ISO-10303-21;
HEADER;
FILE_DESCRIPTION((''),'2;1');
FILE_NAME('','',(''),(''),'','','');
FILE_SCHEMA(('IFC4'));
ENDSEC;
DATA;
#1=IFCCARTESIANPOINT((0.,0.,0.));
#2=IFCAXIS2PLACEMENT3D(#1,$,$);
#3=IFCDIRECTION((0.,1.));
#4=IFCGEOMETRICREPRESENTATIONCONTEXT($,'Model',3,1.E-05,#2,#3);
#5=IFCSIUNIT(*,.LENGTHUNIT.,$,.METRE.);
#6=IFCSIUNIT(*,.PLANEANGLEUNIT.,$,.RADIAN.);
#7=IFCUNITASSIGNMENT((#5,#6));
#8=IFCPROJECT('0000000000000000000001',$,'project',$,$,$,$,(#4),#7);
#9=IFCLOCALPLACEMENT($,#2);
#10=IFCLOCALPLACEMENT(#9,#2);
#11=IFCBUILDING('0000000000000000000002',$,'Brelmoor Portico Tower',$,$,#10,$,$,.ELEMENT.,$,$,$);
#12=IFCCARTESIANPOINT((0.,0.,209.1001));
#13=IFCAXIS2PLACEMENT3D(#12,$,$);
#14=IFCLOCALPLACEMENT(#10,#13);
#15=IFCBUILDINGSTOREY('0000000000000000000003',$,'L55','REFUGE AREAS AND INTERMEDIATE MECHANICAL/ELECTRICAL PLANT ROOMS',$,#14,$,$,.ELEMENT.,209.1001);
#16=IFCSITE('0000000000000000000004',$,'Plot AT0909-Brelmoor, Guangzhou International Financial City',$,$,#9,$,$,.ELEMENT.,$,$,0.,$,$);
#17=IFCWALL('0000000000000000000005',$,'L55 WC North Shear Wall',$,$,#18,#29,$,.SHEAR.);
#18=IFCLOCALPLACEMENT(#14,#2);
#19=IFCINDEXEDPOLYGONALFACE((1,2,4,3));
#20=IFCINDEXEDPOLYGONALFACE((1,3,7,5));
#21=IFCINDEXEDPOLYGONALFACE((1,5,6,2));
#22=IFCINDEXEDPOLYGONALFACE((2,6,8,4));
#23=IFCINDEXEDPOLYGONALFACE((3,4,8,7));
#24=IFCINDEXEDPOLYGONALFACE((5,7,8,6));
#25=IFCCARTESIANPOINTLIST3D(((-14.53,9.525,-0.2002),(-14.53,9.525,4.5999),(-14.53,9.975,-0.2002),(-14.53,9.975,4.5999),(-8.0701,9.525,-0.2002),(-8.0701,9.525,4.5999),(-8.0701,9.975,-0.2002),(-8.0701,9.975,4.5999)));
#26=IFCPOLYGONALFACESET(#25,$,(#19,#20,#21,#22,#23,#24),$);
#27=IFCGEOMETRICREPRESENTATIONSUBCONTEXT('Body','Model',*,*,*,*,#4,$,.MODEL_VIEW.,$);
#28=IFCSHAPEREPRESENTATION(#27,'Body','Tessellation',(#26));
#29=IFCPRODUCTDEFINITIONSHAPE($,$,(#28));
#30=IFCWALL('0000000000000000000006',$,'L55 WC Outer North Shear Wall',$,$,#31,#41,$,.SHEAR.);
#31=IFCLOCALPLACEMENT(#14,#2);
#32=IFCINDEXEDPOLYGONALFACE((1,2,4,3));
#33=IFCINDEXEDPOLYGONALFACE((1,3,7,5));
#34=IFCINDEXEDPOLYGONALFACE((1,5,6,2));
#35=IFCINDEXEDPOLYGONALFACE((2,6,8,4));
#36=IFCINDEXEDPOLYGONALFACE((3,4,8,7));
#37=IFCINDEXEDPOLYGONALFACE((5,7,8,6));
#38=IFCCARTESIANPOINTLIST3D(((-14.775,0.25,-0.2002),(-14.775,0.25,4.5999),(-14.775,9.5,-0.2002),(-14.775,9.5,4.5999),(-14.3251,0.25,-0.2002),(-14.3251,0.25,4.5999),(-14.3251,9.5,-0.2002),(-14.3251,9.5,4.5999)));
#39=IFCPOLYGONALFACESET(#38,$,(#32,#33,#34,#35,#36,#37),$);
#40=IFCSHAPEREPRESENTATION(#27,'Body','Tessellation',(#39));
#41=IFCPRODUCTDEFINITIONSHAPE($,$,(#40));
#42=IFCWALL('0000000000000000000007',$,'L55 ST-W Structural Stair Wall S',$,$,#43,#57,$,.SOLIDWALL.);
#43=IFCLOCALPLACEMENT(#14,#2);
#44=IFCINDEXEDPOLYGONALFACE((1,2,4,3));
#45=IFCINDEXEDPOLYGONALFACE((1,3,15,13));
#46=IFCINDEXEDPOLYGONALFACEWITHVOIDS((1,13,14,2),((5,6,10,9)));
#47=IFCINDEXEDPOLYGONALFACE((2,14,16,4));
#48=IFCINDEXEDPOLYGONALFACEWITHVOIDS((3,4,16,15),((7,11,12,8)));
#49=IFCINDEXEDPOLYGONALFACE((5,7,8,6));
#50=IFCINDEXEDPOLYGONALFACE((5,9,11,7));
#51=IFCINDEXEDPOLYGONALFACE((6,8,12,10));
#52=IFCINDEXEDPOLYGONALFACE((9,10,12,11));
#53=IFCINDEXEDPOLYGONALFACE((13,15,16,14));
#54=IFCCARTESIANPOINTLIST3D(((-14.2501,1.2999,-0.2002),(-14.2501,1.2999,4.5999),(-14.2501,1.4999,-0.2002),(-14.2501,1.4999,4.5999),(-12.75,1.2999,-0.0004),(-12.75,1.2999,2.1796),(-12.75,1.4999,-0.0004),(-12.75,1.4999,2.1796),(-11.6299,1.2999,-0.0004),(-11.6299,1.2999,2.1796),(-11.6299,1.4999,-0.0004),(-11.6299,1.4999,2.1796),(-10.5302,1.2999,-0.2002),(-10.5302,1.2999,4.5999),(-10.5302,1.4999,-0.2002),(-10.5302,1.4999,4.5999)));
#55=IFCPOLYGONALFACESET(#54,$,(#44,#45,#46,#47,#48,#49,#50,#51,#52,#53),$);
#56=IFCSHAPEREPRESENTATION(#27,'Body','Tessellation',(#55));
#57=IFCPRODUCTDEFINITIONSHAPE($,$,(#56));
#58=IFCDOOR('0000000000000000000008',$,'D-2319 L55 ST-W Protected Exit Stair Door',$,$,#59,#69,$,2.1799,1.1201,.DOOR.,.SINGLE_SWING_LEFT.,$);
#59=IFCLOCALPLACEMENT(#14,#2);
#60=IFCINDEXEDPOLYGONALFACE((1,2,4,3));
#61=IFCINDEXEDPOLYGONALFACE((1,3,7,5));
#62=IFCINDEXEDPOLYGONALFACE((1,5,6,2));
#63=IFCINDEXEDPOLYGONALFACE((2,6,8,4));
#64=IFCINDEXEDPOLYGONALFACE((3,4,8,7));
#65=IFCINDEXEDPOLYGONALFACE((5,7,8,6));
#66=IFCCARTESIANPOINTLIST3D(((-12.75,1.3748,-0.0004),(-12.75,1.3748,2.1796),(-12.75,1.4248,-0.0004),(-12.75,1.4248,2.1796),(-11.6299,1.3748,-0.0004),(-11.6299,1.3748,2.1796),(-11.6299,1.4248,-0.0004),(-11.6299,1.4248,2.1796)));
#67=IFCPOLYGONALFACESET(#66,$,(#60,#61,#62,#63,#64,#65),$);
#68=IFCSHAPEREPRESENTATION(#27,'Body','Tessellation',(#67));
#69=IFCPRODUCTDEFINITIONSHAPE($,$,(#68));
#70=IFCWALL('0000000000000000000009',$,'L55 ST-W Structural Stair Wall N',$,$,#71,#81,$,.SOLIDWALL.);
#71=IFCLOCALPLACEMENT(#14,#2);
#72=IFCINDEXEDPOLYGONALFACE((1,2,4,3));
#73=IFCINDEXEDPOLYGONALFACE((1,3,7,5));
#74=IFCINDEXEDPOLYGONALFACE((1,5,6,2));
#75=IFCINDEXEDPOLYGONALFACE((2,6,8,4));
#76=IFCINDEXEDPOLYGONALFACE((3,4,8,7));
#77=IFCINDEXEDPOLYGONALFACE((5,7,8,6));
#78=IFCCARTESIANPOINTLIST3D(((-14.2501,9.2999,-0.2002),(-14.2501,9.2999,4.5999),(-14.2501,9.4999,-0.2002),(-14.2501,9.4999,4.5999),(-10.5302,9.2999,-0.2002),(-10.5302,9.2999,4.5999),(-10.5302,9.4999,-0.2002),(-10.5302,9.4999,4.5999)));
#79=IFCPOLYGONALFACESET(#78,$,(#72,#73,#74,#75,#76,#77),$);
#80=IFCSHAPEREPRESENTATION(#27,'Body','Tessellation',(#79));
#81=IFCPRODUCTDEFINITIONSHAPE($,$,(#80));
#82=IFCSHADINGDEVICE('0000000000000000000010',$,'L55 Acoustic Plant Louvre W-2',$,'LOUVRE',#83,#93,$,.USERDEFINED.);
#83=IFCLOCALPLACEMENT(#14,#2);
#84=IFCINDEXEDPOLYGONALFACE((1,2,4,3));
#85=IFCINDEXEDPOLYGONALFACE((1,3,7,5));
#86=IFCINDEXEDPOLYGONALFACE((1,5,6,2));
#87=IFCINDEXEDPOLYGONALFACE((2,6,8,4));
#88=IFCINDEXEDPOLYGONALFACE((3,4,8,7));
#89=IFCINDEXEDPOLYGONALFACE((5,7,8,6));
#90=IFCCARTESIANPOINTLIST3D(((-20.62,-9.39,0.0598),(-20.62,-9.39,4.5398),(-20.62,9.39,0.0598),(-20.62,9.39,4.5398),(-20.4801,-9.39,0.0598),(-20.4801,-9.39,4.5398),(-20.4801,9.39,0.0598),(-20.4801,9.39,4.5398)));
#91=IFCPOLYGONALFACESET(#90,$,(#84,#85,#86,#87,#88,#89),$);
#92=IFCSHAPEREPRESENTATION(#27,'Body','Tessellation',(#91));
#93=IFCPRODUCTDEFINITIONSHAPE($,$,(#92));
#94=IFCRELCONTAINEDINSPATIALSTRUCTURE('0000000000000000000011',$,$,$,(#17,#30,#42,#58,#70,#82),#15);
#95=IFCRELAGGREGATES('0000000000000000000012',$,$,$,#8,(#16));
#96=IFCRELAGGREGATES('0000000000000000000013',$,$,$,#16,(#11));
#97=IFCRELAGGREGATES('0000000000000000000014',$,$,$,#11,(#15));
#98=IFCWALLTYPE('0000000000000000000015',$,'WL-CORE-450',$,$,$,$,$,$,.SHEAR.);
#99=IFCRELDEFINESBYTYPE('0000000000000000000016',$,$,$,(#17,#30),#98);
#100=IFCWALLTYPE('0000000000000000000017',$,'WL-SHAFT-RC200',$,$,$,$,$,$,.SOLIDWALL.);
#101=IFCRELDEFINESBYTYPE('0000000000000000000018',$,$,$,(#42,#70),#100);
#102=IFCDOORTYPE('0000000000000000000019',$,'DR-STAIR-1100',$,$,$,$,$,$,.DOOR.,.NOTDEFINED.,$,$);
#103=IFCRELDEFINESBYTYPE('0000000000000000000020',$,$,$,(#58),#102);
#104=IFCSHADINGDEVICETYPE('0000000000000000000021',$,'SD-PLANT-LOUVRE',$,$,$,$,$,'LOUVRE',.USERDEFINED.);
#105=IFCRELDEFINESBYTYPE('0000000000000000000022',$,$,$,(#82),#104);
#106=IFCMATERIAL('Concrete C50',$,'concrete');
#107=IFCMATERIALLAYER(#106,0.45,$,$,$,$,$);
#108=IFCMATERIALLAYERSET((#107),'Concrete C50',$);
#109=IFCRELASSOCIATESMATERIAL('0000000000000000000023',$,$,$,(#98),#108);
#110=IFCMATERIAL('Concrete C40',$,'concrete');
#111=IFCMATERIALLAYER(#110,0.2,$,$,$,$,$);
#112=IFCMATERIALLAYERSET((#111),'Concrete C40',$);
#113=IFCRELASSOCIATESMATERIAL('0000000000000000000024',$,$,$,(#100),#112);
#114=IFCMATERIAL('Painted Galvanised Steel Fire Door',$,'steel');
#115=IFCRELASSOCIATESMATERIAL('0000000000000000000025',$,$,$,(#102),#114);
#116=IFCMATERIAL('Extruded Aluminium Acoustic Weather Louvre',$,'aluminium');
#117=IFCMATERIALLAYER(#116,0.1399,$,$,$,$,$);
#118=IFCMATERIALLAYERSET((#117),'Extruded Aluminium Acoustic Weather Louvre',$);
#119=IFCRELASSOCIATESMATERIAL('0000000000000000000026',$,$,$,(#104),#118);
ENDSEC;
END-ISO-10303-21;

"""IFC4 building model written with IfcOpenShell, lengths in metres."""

from ifc_helpers import new_model, si_unit, direction, frame, frame_2d, origin, origin_2d, place, context, subcontext, project, spatial, rectangle, extrude, material, layer, layer_set, type_object, element, fill, save


model = new_model("IFC4")

# Units and contexts
model_context = context("Model", 3, precision=1e-05, world=origin(), true_north=direction((0.0, 1.0)))
body_context = subcontext(model_context, "Body", "Model", "MODEL_VIEW")
ifc_project = project(units=[si_unit("LENGTHUNIT", "METRE"), si_unit("PLANEANGLEUNIT", "RADIAN")], contexts=[model_context])

# Site, building, storey
site_placement = place(None, origin())
site = spatial("IfcSite", under=ifc_project, at=site_placement, Name="Plot AT0909-Brelmoor, Guangzhou International Financial City", CompositionType="ELEMENT", RefElevation=0.0)
building_placement = place(site_placement, origin())
building = spatial("IfcBuilding", under=site, at=building_placement, Name="Brelmoor Portico Tower", CompositionType="ELEMENT")
storey_placement = place(building_placement, frame((0.0, 0.0, 209.1001)))
storey = spatial("IfcBuildingStorey", under=building, at=storey_placement, Name="L55", Description="REFUGE AREAS AND INTERMEDIATE MECHANICAL/ELECTRICAL PLANT ROOMS", CompositionType="ELEMENT", Elevation=209.1001)

# Walls
ifc_material_1 = material(Name="Concrete C50", Category="concrete")
ifc_layer_1 = layer(ifc_material_1, 0.45)
ifc_layer_set_1 = layer_set([ifc_layer_1], Name="Concrete C50")
wall_type_1 = type_object("IfcWallType", Name="WL-CORE-450", PredefinedType="SHEAR", material=ifc_layer_set_1)
wall_1_placement = place(storey_placement, frame((-14.53, 9.75, -0.2002), z_axis=(0.0, 0.0, 1.0), x_axis=(1.0, 0.0, 0.0)))
element("IfcWall", 1, at=wall_1_placement, inside=storey, type_object=wall_type_1, Name="L55 WC North Shear Wall", PredefinedType="SHEAR", context=body_context, shape_type="SweptSolid", body=[
    extrude(rectangle(XDim=6.46, YDim=0.45, at=frame_2d((3.23, 0.0))), origin(), (0.0, 0.0, 1.0), 4.8),
])
wall_2_placement = place(storey_placement, frame((-14.55, 0.25, -0.2002), z_axis=(0.0, 0.0, 1.0), x_axis=(0.0, 1.0, 0.0)))
element("IfcWall", 2, at=wall_2_placement, inside=storey, type_object=wall_type_1, Name="L55 WC Outer North Shear Wall", PredefinedType="SHEAR", context=body_context, shape_type="SweptSolid", body=[
    extrude(rectangle(XDim=9.25, YDim=0.45, at=frame_2d((4.625, 0.0))), origin(), (0.0, 0.0, 1.0), 4.8),
])

# Wall, opening, door
ifc_material_2 = material(Name="Concrete C40", Category="concrete")
ifc_layer_2 = layer(ifc_material_2, 0.2)
ifc_layer_set_2 = layer_set([ifc_layer_2], Name="Concrete C40")
wall_type_2 = type_object("IfcWallType", Name="WL-SHAFT-RC200", PredefinedType="SOLIDWALL", material=ifc_layer_set_2)
wall_3_placement = place(storey_placement, frame((-14.25, 1.3999, -0.2002), z_axis=(0.0, 0.0, 1.0), x_axis=(1.0, 0.0, 0.0)))
wall_3 = element("IfcWall", 3, at=wall_3_placement, inside=storey, type_object=wall_type_2, Name="L55 ST-W Structural Stair Wall S", PredefinedType="SOLIDWALL", context=body_context, shape_type="SweptSolid", body=[
    extrude(rectangle(XDim=3.72, YDim=0.2, at=frame_2d((1.8599, 0.0))), origin(), (0.0, 0.0, 1.0), 4.8),
])
opening_placement = place(wall_3_placement, frame((1.5, 0.0, 0.2)))
opening = element("IfcOpeningElement", 4, at=opening_placement, cuts=wall_3, PredefinedType="OPENING", context=body_context, shape_type="SweptSolid", body=[
    extrude(rectangle(XDim=1.1201, YDim=2.1799, at=frame_2d((0.5601, 1.0898))), frame((0.0, 0.1099, 0.0), z_axis=(0.0, -1.0, 0.0), x_axis=(1.0, 0.0, 0.0)), (0.0, 0.0, 1.0), 0.22),
])
ifc_material_3 = material(Name="Painted Galvanised Steel Fire Door", Category="steel")
door_type = type_object("IfcDoorType", Name="DR-STAIR-1100", OperationType="NOTDEFINED", PredefinedType="DOOR", material=ifc_material_3)
door_placement = place(opening_placement, origin())
door = element("IfcDoor", 5, at=door_placement, inside=storey, type_object=door_type, Name="D-2319 L55 ST-W Protected Exit Stair Door", OperationType="SINGLE_SWING_LEFT", OverallHeight=2.1799, OverallWidth=1.1201, PredefinedType="DOOR", context=body_context, shape_type="SweptSolid", body=[
    extrude(rectangle(XDim=1.1201, YDim=2.1799, at=frame_2d((0.5601, 1.0898))), frame((0.0, 0.0249, 0.0), z_axis=(0.0, -1.0, 0.0), x_axis=(1.0, 0.0, 0.0)), (0.0, 0.0, 1.0), 0.05),
])
fill(opening, door)

# Wall
wall_4_placement = place(storey_placement, frame((-14.25, 9.3999, -0.2002), z_axis=(0.0, 0.0, 1.0), x_axis=(1.0, 0.0, 0.0)))
element("IfcWall", 6, at=wall_4_placement, inside=storey, type_object=wall_type_2, Name="L55 ST-W Structural Stair Wall N", PredefinedType="SOLIDWALL", context=body_context, shape_type="SweptSolid", body=[
    extrude(rectangle(XDim=3.72, YDim=0.2, at=frame_2d((1.8599, 0.0))), origin(), (0.0, 0.0, 1.0), 4.8),
])

# Shading device
ifc_material_4 = material(Name="Extruded Aluminium Acoustic Weather Louvre", Category="aluminium")
ifc_layer_3 = layer(ifc_material_4, 0.1399)
ifc_layer_set_3 = layer_set([ifc_layer_3], Name="Extruded Aluminium Acoustic Weather Louvre")
shading_device_type = type_object("IfcShadingDeviceType", Name="SD-PLANT-LOUVRE", ElementType="LOUVRE", PredefinedType="USERDEFINED", material=ifc_layer_set_3)
shading_device_placement = place(storey_placement, frame((-20.55, 0.0, 0.0598), z_axis=(0.0, 0.0, 1.0), x_axis=(0.0, 1.0, 0.0)))
element("IfcShadingDevice", 7, at=shading_device_placement, inside=storey, type_object=shading_device_type, Name="L55 Acoustic Plant Louvre W-2", ObjectType="LOUVRE", PredefinedType="USERDEFINED", context=body_context, shape_type="SweptSolid", body=[
    extrude(rectangle(XDim=18.78, YDim=0.1399, at=origin_2d()), origin(), (0.0, 0.0, 1.0), 4.48),
])

save(model, "model.ifc")
